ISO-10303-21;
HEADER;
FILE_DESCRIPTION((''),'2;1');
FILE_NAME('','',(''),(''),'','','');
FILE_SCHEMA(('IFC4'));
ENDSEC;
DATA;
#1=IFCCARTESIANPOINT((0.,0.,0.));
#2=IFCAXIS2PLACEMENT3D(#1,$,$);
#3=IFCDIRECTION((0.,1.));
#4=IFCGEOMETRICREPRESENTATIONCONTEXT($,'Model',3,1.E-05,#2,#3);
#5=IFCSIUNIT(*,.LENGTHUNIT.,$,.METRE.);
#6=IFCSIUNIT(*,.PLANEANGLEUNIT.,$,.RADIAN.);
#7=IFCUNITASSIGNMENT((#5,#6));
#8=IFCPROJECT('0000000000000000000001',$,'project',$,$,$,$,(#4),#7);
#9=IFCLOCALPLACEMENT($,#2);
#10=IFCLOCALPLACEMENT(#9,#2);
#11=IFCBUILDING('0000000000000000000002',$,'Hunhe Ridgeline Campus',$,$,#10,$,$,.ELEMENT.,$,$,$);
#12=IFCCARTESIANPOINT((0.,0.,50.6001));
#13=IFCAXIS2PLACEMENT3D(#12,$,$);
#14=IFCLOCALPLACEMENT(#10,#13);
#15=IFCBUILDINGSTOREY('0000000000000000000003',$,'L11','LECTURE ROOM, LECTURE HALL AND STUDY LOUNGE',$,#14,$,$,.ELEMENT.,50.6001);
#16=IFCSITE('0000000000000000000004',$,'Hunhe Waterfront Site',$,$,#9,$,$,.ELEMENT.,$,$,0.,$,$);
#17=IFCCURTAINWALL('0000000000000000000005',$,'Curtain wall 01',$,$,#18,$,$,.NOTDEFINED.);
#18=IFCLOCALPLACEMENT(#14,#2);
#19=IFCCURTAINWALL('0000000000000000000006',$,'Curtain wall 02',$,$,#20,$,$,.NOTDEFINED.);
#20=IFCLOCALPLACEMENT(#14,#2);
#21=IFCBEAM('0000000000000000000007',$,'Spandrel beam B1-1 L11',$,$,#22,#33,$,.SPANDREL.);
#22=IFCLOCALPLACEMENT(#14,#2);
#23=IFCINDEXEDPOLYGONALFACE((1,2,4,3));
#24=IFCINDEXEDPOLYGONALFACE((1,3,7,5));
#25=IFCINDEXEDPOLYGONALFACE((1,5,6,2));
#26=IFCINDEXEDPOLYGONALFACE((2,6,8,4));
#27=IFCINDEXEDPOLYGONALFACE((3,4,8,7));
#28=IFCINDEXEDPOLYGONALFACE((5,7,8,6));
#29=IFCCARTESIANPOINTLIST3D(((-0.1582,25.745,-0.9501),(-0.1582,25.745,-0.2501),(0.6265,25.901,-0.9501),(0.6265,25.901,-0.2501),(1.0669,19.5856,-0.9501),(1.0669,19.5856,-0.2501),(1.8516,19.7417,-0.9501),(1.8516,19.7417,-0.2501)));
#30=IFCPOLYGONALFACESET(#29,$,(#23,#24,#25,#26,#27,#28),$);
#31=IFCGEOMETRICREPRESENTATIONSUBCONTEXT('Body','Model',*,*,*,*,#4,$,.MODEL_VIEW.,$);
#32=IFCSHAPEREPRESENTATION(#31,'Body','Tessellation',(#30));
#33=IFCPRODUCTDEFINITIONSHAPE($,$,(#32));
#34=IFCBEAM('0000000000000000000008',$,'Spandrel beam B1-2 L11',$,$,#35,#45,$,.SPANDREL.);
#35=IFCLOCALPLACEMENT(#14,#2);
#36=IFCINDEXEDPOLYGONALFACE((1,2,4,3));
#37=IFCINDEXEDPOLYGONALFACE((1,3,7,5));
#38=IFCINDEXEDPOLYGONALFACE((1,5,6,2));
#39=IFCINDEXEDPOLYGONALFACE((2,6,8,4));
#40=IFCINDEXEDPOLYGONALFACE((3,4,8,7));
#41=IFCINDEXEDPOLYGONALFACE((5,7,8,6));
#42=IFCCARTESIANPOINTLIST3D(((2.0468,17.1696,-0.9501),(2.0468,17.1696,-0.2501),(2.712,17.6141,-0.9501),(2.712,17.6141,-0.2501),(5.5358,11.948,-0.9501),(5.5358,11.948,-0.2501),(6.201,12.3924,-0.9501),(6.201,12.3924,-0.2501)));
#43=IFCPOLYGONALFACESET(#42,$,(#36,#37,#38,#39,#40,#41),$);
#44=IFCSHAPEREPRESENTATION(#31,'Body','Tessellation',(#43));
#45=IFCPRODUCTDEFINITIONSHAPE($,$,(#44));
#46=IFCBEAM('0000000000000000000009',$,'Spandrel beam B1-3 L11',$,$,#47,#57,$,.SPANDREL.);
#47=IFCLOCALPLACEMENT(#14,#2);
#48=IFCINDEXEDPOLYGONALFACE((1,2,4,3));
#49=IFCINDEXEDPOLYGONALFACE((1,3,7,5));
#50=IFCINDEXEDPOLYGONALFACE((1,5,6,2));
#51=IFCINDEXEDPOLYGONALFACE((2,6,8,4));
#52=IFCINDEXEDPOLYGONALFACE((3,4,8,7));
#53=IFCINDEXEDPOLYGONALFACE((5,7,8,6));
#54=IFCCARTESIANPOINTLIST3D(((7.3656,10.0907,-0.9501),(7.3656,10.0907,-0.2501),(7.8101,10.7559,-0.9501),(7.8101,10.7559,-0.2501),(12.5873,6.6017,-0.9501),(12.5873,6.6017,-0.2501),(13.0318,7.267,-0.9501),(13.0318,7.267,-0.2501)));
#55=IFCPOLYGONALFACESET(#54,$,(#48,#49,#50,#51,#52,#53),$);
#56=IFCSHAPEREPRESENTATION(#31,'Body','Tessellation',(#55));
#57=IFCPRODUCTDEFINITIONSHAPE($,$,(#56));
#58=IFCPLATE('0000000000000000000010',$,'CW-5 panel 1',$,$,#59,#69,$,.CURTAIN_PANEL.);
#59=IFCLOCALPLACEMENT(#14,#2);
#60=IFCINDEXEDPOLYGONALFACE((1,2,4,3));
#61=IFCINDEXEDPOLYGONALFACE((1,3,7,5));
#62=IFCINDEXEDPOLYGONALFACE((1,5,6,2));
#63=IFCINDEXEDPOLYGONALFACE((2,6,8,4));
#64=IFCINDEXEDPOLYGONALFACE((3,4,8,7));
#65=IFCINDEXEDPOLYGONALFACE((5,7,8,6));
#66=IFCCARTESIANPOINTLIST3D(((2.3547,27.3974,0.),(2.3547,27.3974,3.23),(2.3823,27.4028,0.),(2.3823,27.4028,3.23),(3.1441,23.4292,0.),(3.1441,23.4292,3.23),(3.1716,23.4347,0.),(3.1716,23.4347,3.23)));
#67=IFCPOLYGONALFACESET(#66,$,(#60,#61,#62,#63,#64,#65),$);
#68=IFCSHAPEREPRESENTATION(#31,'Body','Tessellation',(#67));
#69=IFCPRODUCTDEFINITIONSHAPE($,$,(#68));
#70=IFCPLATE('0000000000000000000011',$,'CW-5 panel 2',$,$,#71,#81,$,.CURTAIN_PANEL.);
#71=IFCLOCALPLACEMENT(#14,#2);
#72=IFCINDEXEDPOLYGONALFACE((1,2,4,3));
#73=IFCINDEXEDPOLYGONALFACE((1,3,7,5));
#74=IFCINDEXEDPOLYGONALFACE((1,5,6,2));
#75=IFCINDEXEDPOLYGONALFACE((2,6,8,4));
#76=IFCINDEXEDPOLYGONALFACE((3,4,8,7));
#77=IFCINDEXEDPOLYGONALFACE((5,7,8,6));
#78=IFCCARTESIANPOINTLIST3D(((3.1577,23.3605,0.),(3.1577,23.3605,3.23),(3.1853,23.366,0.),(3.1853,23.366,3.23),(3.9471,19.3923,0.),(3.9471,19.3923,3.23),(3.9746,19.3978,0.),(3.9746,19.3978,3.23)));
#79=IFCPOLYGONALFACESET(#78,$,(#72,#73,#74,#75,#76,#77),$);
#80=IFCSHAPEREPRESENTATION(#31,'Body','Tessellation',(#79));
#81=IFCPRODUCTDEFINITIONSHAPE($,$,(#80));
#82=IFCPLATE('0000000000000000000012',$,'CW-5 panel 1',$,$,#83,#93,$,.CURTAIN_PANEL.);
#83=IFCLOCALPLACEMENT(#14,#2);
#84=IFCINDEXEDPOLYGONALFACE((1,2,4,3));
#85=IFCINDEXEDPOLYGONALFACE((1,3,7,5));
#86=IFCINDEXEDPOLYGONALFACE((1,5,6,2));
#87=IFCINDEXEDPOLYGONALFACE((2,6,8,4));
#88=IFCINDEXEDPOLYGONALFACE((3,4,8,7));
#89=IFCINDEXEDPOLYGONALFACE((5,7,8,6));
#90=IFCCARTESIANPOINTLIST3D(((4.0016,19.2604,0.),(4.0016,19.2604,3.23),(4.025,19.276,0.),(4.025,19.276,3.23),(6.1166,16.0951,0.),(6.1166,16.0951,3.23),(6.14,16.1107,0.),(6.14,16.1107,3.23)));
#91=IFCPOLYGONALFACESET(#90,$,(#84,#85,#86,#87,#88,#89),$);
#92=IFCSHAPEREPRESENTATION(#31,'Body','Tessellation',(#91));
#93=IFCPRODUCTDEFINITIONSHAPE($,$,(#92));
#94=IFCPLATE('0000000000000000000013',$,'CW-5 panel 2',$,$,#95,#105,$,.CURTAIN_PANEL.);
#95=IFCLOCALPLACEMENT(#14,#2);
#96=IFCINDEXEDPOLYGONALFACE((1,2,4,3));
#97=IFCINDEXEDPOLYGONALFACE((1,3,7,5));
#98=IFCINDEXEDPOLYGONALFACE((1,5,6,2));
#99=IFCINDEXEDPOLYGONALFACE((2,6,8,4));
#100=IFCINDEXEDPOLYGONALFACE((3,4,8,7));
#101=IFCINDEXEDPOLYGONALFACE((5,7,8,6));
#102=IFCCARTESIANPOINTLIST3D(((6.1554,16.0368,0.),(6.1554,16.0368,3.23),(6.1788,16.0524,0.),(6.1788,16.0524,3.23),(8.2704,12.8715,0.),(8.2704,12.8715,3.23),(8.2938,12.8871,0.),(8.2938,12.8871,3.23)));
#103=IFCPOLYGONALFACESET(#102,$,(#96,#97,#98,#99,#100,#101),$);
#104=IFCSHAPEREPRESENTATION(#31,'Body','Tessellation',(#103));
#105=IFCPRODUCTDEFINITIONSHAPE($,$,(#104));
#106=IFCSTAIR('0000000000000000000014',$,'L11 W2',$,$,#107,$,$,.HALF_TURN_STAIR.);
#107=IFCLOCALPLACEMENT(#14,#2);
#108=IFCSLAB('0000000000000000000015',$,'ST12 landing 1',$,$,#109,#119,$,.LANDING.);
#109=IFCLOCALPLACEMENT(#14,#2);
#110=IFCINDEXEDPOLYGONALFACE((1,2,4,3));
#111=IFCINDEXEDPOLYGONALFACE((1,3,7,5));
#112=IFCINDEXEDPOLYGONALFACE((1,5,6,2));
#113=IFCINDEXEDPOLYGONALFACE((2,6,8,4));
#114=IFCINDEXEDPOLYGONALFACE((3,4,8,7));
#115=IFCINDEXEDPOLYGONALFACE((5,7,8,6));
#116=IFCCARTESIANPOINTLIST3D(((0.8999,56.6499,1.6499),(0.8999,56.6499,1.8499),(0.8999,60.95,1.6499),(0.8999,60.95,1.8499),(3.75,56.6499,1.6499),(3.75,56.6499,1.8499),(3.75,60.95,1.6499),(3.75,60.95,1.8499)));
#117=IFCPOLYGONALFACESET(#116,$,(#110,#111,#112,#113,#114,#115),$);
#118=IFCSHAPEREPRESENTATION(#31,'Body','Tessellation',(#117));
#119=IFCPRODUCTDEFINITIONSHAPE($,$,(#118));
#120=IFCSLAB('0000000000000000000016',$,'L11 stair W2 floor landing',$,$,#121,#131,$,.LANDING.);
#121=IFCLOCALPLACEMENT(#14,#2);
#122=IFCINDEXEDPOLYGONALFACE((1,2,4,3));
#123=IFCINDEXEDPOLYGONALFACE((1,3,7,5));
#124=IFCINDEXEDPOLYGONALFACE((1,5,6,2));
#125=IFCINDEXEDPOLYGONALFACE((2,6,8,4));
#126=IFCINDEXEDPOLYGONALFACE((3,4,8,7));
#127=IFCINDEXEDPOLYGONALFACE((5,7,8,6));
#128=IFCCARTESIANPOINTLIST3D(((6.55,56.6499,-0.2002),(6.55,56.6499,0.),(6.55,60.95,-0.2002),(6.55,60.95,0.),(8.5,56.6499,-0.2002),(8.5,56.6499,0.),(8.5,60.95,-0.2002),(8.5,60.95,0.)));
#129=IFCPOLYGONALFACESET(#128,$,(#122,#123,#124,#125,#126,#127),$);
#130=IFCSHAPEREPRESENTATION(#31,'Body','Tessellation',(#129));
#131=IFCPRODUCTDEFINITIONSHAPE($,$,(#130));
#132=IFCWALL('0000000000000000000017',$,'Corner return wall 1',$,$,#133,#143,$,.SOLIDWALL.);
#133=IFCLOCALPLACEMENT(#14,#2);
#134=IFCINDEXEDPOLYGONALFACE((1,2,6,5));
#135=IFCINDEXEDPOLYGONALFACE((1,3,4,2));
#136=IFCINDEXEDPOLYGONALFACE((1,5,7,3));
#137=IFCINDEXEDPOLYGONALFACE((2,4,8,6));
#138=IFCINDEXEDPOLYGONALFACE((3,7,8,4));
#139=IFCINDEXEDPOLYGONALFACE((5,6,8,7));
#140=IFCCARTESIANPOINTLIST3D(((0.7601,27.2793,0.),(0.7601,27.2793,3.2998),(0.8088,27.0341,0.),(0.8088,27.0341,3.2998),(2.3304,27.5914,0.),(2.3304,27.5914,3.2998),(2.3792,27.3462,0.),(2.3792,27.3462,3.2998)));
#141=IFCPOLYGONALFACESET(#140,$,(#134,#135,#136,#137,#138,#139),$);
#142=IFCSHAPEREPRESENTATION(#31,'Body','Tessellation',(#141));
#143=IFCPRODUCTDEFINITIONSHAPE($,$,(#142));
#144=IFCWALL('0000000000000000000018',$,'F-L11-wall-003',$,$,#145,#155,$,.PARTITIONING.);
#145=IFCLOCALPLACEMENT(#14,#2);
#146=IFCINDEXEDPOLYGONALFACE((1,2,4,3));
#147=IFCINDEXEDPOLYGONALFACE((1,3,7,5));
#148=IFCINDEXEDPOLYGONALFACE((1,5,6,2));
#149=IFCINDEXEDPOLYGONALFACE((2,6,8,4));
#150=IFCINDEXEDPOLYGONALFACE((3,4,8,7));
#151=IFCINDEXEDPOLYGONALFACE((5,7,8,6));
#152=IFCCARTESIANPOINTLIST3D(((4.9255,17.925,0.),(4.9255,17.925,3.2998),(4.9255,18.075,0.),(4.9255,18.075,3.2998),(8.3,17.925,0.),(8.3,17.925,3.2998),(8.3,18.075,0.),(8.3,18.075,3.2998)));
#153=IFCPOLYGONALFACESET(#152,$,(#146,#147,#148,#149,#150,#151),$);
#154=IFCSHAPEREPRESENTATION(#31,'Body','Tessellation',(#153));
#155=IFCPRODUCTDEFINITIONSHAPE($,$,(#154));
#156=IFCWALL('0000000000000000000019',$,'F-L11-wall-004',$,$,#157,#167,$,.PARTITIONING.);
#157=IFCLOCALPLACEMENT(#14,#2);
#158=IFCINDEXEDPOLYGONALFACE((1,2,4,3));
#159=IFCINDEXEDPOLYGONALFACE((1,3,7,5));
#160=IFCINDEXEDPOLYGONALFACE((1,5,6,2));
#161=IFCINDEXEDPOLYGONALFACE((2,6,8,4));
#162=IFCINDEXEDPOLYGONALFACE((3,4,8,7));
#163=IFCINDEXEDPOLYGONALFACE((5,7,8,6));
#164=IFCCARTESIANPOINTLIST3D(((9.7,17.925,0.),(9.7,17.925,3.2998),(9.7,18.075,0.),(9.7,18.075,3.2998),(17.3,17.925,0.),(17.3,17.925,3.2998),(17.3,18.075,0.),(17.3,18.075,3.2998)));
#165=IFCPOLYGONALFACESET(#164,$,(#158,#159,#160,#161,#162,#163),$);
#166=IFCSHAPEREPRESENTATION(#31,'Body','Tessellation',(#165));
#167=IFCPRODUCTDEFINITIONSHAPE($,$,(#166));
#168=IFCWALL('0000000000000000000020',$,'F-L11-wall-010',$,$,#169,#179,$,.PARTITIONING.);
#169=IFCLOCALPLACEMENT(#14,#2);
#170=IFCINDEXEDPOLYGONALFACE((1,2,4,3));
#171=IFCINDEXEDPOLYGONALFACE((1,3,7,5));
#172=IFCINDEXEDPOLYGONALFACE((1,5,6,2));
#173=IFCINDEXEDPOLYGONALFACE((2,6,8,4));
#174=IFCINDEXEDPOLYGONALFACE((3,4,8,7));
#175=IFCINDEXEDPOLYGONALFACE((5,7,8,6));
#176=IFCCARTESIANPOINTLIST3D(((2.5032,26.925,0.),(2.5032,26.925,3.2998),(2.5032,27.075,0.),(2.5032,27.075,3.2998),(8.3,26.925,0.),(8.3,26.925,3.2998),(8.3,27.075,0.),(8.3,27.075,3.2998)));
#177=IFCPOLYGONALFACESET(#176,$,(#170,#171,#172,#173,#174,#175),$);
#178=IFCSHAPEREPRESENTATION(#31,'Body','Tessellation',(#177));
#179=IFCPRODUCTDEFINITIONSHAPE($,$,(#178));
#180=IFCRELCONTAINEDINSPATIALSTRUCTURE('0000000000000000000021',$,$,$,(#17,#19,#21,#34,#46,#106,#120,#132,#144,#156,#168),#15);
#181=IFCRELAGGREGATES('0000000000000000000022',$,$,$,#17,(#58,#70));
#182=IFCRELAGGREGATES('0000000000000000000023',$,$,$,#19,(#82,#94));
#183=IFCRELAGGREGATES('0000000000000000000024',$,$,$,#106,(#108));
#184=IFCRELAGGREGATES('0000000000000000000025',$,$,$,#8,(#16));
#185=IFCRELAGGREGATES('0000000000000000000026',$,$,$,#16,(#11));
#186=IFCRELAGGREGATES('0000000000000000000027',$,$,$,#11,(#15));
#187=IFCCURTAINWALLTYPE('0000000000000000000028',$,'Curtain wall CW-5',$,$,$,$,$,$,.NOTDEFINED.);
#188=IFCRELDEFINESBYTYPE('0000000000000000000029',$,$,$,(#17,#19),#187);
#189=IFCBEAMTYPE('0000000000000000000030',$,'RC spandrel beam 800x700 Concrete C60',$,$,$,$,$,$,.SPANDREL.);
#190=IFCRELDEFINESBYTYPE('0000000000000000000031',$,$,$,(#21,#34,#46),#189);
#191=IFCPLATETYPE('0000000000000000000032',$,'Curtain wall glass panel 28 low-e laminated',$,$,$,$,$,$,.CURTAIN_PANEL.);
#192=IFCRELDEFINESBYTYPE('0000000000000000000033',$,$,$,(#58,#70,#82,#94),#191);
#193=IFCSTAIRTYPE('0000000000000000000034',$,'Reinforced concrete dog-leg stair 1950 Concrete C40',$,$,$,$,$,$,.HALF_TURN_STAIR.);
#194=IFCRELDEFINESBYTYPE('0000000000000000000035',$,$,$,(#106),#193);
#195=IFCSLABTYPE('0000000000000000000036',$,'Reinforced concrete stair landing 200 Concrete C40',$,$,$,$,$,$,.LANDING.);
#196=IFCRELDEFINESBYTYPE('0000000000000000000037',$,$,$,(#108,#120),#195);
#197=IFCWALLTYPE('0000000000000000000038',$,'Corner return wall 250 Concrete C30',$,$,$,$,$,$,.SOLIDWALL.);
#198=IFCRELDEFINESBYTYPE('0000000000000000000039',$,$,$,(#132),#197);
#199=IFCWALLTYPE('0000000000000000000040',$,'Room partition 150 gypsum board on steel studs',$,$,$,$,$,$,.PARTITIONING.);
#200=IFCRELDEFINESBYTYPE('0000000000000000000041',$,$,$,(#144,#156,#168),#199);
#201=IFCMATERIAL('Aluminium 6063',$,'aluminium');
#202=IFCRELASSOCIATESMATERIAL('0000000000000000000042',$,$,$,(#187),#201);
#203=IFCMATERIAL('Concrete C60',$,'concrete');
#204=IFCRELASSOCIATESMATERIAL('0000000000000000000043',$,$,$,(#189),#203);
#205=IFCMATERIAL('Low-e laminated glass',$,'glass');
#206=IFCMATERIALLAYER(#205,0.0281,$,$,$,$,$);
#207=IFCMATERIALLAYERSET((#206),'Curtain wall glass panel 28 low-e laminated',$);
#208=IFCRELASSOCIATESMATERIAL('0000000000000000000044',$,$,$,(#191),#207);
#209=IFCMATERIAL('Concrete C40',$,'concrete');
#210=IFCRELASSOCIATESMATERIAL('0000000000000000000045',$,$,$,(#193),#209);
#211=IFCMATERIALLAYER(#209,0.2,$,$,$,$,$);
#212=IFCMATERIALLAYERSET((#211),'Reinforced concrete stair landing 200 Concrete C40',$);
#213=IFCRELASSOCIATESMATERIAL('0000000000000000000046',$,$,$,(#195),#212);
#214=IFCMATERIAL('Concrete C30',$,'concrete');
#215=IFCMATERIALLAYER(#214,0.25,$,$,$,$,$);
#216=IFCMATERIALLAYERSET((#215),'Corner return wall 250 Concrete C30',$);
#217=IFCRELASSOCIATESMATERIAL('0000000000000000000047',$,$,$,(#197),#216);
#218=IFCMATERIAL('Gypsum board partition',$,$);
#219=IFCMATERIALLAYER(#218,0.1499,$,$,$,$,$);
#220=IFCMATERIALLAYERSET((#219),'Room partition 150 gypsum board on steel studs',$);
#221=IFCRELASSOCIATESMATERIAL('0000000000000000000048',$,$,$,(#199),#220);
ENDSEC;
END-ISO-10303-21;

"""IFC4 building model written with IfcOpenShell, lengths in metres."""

from ifc_helpers import new_model, si_unit, direction, frame, frame_2d, origin, origin_2d, place, context, subcontext, project, spatial, polyline, rectangle, outline, extrude, material, layer, layer_set, material_profile, profile_set, type_object, element, aggregate, save


model = new_model("IFC4")

# Units and contexts
model_context = context("Model", 3, precision=1e-05, world=origin(), true_north=direction((0.0, 1.0)))
body_context = subcontext(model_context, "Body", "Model", "MODEL_VIEW")
ifc_project = project(units=[si_unit("LENGTHUNIT", "METRE"), si_unit("PLANEANGLEUNIT", "RADIAN")], contexts=[model_context])

# Site, building, storey
site_placement = place(None, origin())
site = spatial("IfcSite", under=ifc_project, at=site_placement, Name="Hunhe Waterfront Site", CompositionType="ELEMENT", RefElevation=0.0)
building_placement = place(site_placement, origin())
building = spatial("IfcBuilding", under=site, at=building_placement, Name="Hunhe Ridgeline Campus", CompositionType="ELEMENT")
storey_placement = place(building_placement, frame((0.0, 0.0, 50.6001)))
storey = spatial("IfcBuildingStorey", under=building, at=storey_placement, Name="L11", Description="LECTURE ROOM, LECTURE HALL AND STUDY LOUNGE", CompositionType="ELEMENT", Elevation=50.6001)

# Curtain walls
ifc_material_1 = material(Name="Aluminium 6063", Category="aluminium")
curtain_wall_type = type_object("IfcCurtainWallType", Name="Curtain wall CW-5", PredefinedType="NOTDEFINED", material=ifc_material_1)
curtain_wall_1_placement = place(storey_placement, origin())
curtain_wall_1 = element("IfcCurtainWall", 1, at=curtain_wall_1_placement, inside=storey, type_object=curtain_wall_type, Name="Curtain wall 01", PredefinedType="NOTDEFINED")
curtain_wall_2_placement = place(storey_placement, origin())
curtain_wall_2 = element("IfcCurtainWall", 2, at=curtain_wall_2_placement, inside=storey, type_object=curtain_wall_type, Name="Curtain wall 02", PredefinedType="NOTDEFINED")

# Beams
ifc_material_2 = material(Name="Concrete C60", Category="concrete")
ifc_material_profile_1 = material_profile(ifc_material_2, rectangle(XDim=0.8, YDim=0.7, at=origin_2d()))
ifc_profile_set_1 = profile_set([ifc_material_profile_1], Name="Concrete C60")
beam_type = type_object("IfcBeamType", Name="RC spandrel beam 800x700 Concrete C60", PredefinedType="SPANDREL", material=ifc_profile_set_1)
for number, where, z_axis, x_axis, name in (
    (3, (0.2341, 25.823, -0.6001), (0.195077, -0.980788, 0.0), (0.980788, 0.195077, 0.0), "Spandrel beam B1-1 L11"),
    (4, (2.3794, 17.3918, -0.6001), (0.55557, -0.83147, 0.0), (0.83147, 0.55557, 0.0), "Spandrel beam B1-2 L11"),
    (5, (7.5879, 10.4233, -0.6001), (0.83147, -0.55557, 0.0), (0.55557, 0.83147, 0.0), "Spandrel beam B1-3 L11"),
):
    element("IfcBeam", number, at=place(storey_placement, frame(where, z_axis=z_axis, x_axis=x_axis)), inside=storey, type_object=beam_type, Name=name, PredefinedType="SPANDREL", context=body_context, shape_type="SweptSolid", body=[
        extrude(rectangle(XDim=0.8, YDim=0.7, at=origin_2d()), origin(), (0.0, 0.0, 1.0), 6.28),
    ])

# Plates
ifc_material_3 = material(Name="Low-e laminated glass", Category="glass")
ifc_layer_1 = layer(ifc_material_3, 0.0281)
ifc_layer_set_1 = layer_set([ifc_layer_1], Name="Curtain wall glass panel 28 low-e laminated")
plate_type = type_object("IfcPlateType", Name="Curtain wall glass panel 28 low-e laminated", PredefinedType="CURTAIN_PANEL", material=ifc_layer_set_1)
plate_1_placement = place(storey_placement, frame((2.7632, 25.416, 0.0), z_axis=(0.0, 0.0, 1.0), x_axis=(0.195095, -0.980784, 0.0)))
plate_1 = element("IfcPlate", 6, at=plate_1_placement, type_object=plate_type, Name="CW-5 panel 1", PredefinedType="CURTAIN_PANEL", context=body_context, shape_type="SweptSolid", body=[
    extrude(rectangle(XDim=4.0459, YDim=0.0281, at=origin_2d()), origin(), (0.0, 0.0, 1.0), 3.23),
])
plate_2_placement = place(storey_placement, frame((3.5662, 21.3792, 0.0), z_axis=(0.0, 0.0, 1.0), x_axis=(0.195095, -0.980784, 0.0)))
plate_2 = element("IfcPlate", 7, at=plate_2_placement, type_object=plate_type, Name="CW-5 panel 2", PredefinedType="CURTAIN_PANEL", context=body_context, shape_type="SweptSolid", body=[
    extrude(rectangle(XDim=4.0459, YDim=0.0281, at=origin_2d()), origin(), (0.0, 0.0, 1.0), 3.23),
])
aggregate(curtain_wall_1, [plate_1, plate_2])
plate_3_placement = place(storey_placement, frame((5.0708, 17.6855, 0.0), z_axis=(0.0, 0.0, 1.0), x_axis=(0.55557, -0.83147, 0.0)))
plate_3 = element("IfcPlate", 8, at=plate_3_placement, type_object=plate_type, Name="CW-5 panel 1", PredefinedType="CURTAIN_PANEL", context=body_context, shape_type="SweptSolid", body=[
    extrude(rectangle(XDim=3.8069, YDim=0.0281, at=origin_2d()), origin(), (0.0, 0.0, 1.0), 3.23),
])
plate_4_placement = place(storey_placement, frame((7.2246, 14.4619, 0.0), z_axis=(0.0, 0.0, 1.0), x_axis=(0.55557, -0.83147, 0.0)))
plate_4 = element("IfcPlate", 9, at=plate_4_placement, type_object=plate_type, Name="CW-5 panel 2", PredefinedType="CURTAIN_PANEL", context=body_context, shape_type="SweptSolid", body=[
    extrude(rectangle(XDim=3.8069, YDim=0.0281, at=origin_2d()), origin(), (0.0, 0.0, 1.0), 3.23),
])
aggregate(curtain_wall_2, [plate_3, plate_4])

# Stair, slab
ifc_material_4 = material(Name="Concrete C40", Category="concrete")
stair_type = type_object("IfcStairType", Name="Reinforced concrete dog-leg stair 1950 Concrete C40", PredefinedType="HALF_TURN_STAIR", material=ifc_material_4)
stair_placement = place(storey_placement, origin())
stair = element("IfcStair", 10, at=stair_placement, inside=storey, type_object=stair_type, Name="L11 W2", PredefinedType="HALF_TURN_STAIR")
ifc_layer_2 = layer(ifc_material_4, 0.2)
ifc_layer_set_2 = layer_set([ifc_layer_2], Name="Reinforced concrete stair landing 200 Concrete C40")
slab_type = type_object("IfcSlabType", Name="Reinforced concrete stair landing 200 Concrete C40", PredefinedType="LANDING", material=ifc_layer_set_2)
slab_1_placement = place(storey_placement, frame((0.0, 0.0, 1.6499)))
slab_1 = element("IfcSlab", 11, at=slab_1_placement, type_object=slab_type, Name="ST12 landing 1", PredefinedType="LANDING", context=body_context, shape_type="SweptSolid", body=[
    extrude(outline(polyline([(3.75, 60.95), (0.8999, 60.95), (0.8999, 56.6499), (3.75, 56.6499), (3.75, 60.95)])), origin(), (0.0, 0.0, 1.0), 0.2),
])
aggregate(stair, [slab_1])

# Slab
slab_2_placement = place(storey_placement, frame((0.0, 0.0, -0.2002)))
element("IfcSlab", 12, at=slab_2_placement, inside=storey, type_object=slab_type, Name="L11 stair W2 floor landing", PredefinedType="LANDING", context=body_context, shape_type="SweptSolid", body=[
    extrude(outline(polyline([(8.5, 60.95), (6.55, 60.95), (6.55, 56.6499), (8.5, 56.6499), (8.5, 60.95)])), origin(), (0.0, 0.0, 1.0), 0.2002),
])

# Walls
ifc_material_5 = material(Name="Concrete C30", Category="concrete")
ifc_layer_3 = layer(ifc_material_5, 0.25)
ifc_layer_set_3 = layer_set([ifc_layer_3], Name="Corner return wall 250 Concrete C30")
wall_type_1 = type_object("IfcWallType", Name="Corner return wall 250 Concrete C30", PredefinedType="SOLIDWALL", material=ifc_layer_set_3)
wall_1_placement = place(storey_placement, frame((0.7844, 27.1567, 0.0), z_axis=(0.0, 0.0, 1.0), x_axis=(0.980826, 0.194884, 0.0)))
element("IfcWall", 13, at=wall_1_placement, inside=storey, type_object=wall_type_1, Name="Corner return wall 1", PredefinedType="SOLIDWALL", context=body_context, shape_type="SweptSolid", body=[
    extrude(rectangle(XDim=1.6011, YDim=0.25, at=frame_2d((0.8005, 0.0))), origin(), (0.0, 0.0, 1.0), 3.2998),
])
ifc_material_6 = material(Name="Gypsum board partition")
ifc_layer_4 = layer(ifc_material_6, 0.1499)
ifc_layer_set_4 = layer_set([ifc_layer_4], Name="Room partition 150 gypsum board on steel studs")
wall_type_2 = type_object("IfcWallType", Name="Room partition 150 gypsum board on steel studs", PredefinedType="PARTITIONING", material=ifc_layer_set_4)
wall_2_placement = place(storey_placement, frame((4.9255, 18.0, 0.0), z_axis=(0.0, 0.0, 1.0), x_axis=(1.0, 0.0, 0.0)))
element("IfcWall", 14, at=wall_2_placement, inside=storey, type_object=wall_type_2, Name="F-L11-wall-003", PredefinedType="PARTITIONING", context=body_context, shape_type="SweptSolid", body=[
    extrude(rectangle(XDim=3.3745, YDim=0.1499, at=frame_2d((1.6873, 0.0))), origin(), (0.0, 0.0, 1.0), 3.2998),
])
wall_3_placement = place(storey_placement, frame((9.7, 18.0, 0.0), z_axis=(0.0, 0.0, 1.0), x_axis=(1.0, 0.0, 0.0)))
element("IfcWall", 15, at=wall_3_placement, inside=storey, type_object=wall_type_2, Name="F-L11-wall-004", PredefinedType="PARTITIONING", context=body_context, shape_type="SweptSolid", body=[
    extrude(rectangle(XDim=7.6001, YDim=0.1499, at=frame_2d((3.8, 0.0))), origin(), (0.0, 0.0, 1.0), 3.2998),
])
wall_4_placement = place(storey_placement, frame((2.5032, 27.0, 0.0), z_axis=(0.0, 0.0, 1.0), x_axis=(1.0, 0.0, 0.0)))
element("IfcWall", 16, at=wall_4_placement, inside=storey, type_object=wall_type_2, Name="F-L11-wall-010", PredefinedType="PARTITIONING", context=body_context, shape_type="SweptSolid", body=[
    extrude(rectangle(XDim=5.7969, YDim=0.1499, at=frame_2d((2.8984, 0.0))), origin(), (0.0, 0.0, 1.0), 3.2998),
])

save(model, "model.ifc")
